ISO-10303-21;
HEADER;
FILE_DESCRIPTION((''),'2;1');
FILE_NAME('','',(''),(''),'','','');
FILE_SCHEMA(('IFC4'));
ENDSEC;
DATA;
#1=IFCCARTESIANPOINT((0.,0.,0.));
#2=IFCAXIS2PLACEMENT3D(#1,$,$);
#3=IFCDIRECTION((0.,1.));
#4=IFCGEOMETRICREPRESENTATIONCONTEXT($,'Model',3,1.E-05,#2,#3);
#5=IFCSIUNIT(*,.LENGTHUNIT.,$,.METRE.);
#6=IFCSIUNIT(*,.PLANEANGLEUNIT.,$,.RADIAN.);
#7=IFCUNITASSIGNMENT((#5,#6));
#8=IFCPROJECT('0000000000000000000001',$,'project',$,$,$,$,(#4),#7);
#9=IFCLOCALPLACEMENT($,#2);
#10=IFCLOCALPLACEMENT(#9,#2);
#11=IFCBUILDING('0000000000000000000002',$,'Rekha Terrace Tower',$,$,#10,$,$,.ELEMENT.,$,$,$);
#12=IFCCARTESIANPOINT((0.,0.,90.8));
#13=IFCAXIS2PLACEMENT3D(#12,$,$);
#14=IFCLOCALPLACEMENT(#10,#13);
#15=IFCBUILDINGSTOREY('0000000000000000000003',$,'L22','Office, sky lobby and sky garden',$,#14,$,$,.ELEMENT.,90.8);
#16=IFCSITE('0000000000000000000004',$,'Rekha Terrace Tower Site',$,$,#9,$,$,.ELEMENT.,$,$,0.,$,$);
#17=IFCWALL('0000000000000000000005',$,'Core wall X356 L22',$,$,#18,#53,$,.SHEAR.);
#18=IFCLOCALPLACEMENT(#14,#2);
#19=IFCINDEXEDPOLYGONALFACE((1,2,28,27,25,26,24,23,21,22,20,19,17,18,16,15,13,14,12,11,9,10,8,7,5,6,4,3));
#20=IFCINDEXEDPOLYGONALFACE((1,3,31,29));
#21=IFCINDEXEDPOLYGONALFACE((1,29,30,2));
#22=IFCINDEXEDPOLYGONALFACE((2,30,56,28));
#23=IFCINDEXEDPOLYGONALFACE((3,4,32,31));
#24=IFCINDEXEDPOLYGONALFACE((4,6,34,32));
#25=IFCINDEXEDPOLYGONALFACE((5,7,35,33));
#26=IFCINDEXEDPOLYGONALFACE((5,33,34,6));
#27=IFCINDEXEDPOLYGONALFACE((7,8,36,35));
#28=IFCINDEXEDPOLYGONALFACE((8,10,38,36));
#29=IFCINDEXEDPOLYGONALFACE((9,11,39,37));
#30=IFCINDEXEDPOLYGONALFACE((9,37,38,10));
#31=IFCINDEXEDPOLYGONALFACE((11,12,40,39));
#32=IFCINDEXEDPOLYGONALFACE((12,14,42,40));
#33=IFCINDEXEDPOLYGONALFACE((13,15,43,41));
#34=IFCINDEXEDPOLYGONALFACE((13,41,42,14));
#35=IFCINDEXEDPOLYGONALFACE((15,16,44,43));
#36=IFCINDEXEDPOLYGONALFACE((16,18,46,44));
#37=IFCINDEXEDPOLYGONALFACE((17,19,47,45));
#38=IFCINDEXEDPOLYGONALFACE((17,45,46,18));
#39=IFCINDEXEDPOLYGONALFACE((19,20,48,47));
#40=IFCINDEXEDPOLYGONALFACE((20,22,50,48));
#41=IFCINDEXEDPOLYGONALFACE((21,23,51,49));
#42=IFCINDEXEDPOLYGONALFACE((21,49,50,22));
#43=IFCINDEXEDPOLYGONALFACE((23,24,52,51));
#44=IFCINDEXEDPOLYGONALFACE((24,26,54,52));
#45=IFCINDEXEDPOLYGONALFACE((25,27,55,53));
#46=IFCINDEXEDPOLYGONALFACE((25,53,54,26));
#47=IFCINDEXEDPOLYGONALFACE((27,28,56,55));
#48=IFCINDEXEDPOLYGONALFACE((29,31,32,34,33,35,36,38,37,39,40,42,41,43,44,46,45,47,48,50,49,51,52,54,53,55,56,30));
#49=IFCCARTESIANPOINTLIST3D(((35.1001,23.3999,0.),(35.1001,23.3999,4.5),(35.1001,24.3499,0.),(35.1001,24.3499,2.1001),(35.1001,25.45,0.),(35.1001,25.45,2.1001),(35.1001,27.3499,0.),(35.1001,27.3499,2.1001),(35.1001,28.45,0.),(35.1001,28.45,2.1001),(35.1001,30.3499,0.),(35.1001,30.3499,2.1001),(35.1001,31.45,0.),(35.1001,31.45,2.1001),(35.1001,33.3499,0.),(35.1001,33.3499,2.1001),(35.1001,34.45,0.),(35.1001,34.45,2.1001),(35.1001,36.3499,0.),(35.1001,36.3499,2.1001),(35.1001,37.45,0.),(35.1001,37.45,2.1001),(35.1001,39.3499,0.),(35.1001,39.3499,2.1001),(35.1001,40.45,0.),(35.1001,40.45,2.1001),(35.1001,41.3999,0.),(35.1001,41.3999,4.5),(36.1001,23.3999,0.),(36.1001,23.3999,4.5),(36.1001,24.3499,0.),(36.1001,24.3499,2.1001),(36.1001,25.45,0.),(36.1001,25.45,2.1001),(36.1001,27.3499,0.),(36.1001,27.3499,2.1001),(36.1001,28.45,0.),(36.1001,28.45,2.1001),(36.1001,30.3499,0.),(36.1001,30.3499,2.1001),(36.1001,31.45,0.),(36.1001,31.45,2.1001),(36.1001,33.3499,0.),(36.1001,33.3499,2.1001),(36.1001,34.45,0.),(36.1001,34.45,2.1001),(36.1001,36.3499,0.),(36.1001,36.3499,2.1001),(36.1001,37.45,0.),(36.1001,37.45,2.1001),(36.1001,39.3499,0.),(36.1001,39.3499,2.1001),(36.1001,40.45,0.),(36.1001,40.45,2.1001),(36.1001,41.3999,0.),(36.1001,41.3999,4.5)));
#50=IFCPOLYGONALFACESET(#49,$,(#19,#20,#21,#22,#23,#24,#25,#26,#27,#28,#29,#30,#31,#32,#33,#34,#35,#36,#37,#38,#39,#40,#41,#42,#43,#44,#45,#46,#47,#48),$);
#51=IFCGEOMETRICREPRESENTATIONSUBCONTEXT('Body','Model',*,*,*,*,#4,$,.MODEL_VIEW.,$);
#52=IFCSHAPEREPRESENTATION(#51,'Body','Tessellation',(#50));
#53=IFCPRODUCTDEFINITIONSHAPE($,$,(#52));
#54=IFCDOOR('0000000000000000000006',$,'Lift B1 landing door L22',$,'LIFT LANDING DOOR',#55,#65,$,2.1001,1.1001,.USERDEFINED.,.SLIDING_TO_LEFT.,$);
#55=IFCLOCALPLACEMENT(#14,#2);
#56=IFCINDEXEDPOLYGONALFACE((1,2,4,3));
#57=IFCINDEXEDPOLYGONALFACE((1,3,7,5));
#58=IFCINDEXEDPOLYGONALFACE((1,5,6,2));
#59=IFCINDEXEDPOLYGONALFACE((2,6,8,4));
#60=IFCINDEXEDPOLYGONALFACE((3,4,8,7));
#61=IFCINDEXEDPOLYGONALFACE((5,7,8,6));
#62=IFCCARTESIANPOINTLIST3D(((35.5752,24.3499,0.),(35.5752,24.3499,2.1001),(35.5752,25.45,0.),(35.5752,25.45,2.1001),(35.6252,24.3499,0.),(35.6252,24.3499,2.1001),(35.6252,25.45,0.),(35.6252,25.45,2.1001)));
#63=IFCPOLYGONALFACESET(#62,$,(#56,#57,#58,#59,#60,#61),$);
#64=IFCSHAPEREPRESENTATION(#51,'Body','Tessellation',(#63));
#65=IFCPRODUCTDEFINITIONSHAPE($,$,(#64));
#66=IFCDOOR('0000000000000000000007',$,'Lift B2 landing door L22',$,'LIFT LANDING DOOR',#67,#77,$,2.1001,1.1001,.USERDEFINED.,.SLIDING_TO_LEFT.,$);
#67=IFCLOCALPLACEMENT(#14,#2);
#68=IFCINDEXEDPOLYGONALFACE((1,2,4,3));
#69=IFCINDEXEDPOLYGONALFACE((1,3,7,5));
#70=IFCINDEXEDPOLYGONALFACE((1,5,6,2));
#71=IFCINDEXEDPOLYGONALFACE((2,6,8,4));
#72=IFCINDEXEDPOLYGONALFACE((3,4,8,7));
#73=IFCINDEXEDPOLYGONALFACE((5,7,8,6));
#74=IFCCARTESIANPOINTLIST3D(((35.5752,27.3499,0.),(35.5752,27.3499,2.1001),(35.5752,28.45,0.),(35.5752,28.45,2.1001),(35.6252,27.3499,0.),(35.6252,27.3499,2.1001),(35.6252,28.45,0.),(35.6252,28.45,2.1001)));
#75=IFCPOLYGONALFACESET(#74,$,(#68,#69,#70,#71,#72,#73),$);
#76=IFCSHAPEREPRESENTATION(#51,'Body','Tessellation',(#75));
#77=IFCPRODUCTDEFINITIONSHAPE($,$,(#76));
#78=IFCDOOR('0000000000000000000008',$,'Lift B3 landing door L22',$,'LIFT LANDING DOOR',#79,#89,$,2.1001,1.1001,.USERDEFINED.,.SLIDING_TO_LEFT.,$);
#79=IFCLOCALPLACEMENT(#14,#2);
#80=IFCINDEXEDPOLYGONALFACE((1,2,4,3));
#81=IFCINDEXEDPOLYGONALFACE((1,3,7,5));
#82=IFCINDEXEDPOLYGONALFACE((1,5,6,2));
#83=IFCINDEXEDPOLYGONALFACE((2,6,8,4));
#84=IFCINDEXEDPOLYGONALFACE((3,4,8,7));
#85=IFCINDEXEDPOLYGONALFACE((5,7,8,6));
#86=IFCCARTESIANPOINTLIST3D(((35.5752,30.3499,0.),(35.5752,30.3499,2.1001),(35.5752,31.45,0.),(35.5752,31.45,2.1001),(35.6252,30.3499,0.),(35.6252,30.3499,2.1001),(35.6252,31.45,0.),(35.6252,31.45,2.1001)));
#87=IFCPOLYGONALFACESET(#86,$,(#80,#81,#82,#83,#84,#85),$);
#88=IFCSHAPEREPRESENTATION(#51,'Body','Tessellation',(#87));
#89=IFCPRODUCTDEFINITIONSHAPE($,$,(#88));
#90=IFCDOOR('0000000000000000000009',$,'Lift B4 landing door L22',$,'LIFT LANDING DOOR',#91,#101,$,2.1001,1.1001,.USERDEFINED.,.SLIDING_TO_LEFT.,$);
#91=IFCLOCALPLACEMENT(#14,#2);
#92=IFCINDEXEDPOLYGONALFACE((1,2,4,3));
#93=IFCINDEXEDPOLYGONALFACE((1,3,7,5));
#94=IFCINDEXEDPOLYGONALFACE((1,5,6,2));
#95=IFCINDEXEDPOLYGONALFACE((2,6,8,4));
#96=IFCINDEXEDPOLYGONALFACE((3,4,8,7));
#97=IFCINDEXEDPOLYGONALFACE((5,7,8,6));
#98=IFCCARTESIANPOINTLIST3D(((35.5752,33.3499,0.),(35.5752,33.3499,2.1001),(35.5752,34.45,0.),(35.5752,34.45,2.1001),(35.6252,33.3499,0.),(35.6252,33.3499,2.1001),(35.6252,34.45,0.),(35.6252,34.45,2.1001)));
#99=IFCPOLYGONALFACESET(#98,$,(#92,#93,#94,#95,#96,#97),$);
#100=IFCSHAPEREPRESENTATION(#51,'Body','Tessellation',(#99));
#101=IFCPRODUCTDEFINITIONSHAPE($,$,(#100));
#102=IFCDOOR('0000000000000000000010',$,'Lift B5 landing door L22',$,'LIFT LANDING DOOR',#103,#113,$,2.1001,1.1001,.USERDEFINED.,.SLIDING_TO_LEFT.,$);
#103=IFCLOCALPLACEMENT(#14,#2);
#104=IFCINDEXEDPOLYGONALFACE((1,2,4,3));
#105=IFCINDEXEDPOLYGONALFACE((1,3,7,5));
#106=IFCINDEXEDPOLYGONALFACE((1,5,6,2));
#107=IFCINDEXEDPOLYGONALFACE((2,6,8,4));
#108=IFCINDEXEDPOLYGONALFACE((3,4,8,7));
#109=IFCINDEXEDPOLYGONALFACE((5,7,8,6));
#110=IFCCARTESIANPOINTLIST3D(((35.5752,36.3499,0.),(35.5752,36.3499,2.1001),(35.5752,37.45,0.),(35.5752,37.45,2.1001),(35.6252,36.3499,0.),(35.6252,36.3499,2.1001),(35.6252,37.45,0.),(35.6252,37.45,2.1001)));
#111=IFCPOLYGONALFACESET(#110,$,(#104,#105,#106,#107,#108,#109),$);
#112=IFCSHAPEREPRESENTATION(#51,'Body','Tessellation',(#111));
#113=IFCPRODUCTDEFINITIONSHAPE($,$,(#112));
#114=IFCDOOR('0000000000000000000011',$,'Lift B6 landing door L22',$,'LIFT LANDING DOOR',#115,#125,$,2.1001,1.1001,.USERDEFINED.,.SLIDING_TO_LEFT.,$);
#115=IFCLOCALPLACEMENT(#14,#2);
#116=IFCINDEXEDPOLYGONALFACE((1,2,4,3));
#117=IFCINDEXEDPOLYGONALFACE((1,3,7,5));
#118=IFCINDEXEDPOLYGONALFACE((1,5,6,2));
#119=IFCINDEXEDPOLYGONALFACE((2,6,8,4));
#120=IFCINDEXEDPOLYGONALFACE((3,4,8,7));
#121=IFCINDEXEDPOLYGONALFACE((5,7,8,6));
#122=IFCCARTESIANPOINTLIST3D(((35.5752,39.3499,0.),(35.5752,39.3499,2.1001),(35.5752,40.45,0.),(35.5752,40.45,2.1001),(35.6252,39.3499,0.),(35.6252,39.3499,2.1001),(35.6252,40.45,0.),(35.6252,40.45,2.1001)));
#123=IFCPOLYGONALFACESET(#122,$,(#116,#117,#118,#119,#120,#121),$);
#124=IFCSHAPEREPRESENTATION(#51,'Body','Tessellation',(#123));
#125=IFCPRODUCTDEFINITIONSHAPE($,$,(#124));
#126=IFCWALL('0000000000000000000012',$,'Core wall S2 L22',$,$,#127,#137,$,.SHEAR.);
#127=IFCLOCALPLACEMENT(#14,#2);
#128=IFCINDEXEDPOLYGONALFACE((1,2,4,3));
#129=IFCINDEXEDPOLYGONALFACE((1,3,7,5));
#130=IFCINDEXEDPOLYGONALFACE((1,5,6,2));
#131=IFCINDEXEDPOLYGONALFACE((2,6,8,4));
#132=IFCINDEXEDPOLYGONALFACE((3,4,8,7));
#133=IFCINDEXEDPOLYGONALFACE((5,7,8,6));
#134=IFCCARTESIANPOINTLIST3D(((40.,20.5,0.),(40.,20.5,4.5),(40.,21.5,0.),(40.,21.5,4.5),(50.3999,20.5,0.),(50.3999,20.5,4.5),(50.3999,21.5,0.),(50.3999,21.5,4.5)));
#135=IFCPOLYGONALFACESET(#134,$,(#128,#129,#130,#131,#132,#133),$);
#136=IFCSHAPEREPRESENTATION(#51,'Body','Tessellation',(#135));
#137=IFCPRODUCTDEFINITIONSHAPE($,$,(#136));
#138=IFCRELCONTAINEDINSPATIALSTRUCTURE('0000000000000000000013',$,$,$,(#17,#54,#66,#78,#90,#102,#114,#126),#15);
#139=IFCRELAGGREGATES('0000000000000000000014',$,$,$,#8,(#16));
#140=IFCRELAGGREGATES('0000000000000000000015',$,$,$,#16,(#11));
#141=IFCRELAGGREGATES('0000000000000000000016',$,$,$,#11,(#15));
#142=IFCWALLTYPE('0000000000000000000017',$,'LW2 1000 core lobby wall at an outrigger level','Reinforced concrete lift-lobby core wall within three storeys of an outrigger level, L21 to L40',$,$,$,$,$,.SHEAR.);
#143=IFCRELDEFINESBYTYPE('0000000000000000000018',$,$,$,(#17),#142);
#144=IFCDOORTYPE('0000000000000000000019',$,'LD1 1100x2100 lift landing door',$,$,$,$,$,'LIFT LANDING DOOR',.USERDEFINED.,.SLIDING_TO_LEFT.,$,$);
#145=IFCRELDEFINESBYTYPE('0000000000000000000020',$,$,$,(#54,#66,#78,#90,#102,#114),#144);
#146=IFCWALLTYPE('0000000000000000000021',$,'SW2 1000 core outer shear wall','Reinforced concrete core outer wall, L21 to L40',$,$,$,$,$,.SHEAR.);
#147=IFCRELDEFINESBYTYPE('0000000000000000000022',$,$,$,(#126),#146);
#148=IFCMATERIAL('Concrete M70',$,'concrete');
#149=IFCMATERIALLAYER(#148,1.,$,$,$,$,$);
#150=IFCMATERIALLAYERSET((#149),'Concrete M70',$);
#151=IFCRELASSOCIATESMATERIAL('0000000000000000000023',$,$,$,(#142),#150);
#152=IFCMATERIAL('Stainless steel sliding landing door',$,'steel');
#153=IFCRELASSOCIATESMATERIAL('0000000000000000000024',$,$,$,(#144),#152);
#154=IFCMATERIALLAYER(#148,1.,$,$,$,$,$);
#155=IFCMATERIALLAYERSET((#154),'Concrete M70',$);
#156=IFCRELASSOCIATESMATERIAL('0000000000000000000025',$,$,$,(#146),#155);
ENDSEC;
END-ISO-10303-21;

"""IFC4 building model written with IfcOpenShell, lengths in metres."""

from ifc_helpers import new_model, si_unit, direction, frame, frame_2d, origin, place, context, subcontext, project, spatial, rectangle, extrude, material, layer, layer_set, type_object, element, fill, save


model = new_model("IFC4")

# Units and contexts
model_context = context("Model", 3, precision=1e-05, world=origin(), true_north=direction((0.0, 1.0)))
body_context = subcontext(model_context, "Body", "Model", "MODEL_VIEW")
ifc_project = project(units=[si_unit("LENGTHUNIT", "METRE"), si_unit("PLANEANGLEUNIT", "RADIAN")], contexts=[model_context])

# Site, building, storey
site_placement = place(None, origin())
site = spatial("IfcSite", under=ifc_project, at=site_placement, Name="Rekha Terrace Tower Site", CompositionType="ELEMENT", RefElevation=0.0)
building_placement = place(site_placement, origin())
building = spatial("IfcBuilding", under=site, at=building_placement, Name="Rekha Terrace Tower", CompositionType="ELEMENT")
storey_placement = place(building_placement, frame((0.0, 0.0, 90.8)))
storey = spatial("IfcBuildingStorey", under=building, at=storey_placement, Name="L22", Description="Office, sky lobby and sky garden", CompositionType="ELEMENT", Elevation=90.8)

# Shared definitions
ifc_material_1 = material(Name="Concrete M70", Category="concrete")

# Wall, openings, doors
ifc_layer_1 = layer(ifc_material_1, 1.0)
ifc_layer_set_1 = layer_set([ifc_layer_1], Name="Concrete M70")
wall_type_1 = type_object("IfcWallType", Name="LW2 1000 core lobby wall at an outrigger level", Description="Reinforced concrete lift-lobby core wall within three storeys of an outrigger level, L21 to L40", PredefinedType="SHEAR", material=ifc_layer_set_1)
wall_1_placement = place(storey_placement, frame((35.6001, 23.3999, 0.0), z_axis=(0.0, 0.0, 1.0), x_axis=(0.0, 1.0, 0.0)))
wall_1 = element("IfcWall", 1, at=wall_1_placement, inside=storey, type_object=wall_type_1, Name="Core wall X356 L22", PredefinedType="SHEAR", context=body_context, shape_type="SweptSolid", body=[
    extrude(rectangle(XDim=18.0, YDim=1.0, at=frame_2d((9.0, 0.0))), origin(), (0.0, 0.0, 1.0), 4.5),
])
opening_1_placement = place(wall_1_placement, frame((0.95, 0.0, 0.0)))
opening_1 = element("IfcOpeningElement", 2, at=opening_1_placement, cuts=wall_1, PredefinedType="OPENING", context=body_context, shape_type="SweptSolid", body=[
    extrude(rectangle(XDim=1.1001, YDim=2.1001, at=frame_2d((0.55, 1.05))), frame((0.0, 0.51, 0.0), z_axis=(0.0, -1.0, 0.0), x_axis=(1.0, 0.0, 0.0)), (0.0, 0.0, 1.0), 1.02),
])
opening_2_placement = place(wall_1_placement, frame((3.95, 0.0, 0.0)))
opening_2 = element("IfcOpeningElement", 3, at=opening_2_placement, cuts=wall_1, PredefinedType="OPENING", context=body_context, shape_type="SweptSolid", body=[
    extrude(rectangle(XDim=1.1001, YDim=2.1001, at=frame_2d((0.55, 1.05))), frame((0.0, 0.51, 0.0), z_axis=(0.0, -1.0, 0.0), x_axis=(1.0, 0.0, 0.0)), (0.0, 0.0, 1.0), 1.02),
])
opening_3_placement = place(wall_1_placement, frame((6.95, 0.0, 0.0)))
opening_3 = element("IfcOpeningElement", 4, at=opening_3_placement, cuts=wall_1, PredefinedType="OPENING", context=body_context, shape_type="SweptSolid", body=[
    extrude(rectangle(XDim=1.1001, YDim=2.1001, at=frame_2d((0.55, 1.05))), frame((0.0, 0.51, 0.0), z_axis=(0.0, -1.0, 0.0), x_axis=(1.0, 0.0, 0.0)), (0.0, 0.0, 1.0), 1.02),
])
opening_4_placement = place(wall_1_placement, frame((9.95, 0.0, 0.0)))
opening_4 = element("IfcOpeningElement", 5, at=opening_4_placement, cuts=wall_1, PredefinedType="OPENING", context=body_context, shape_type="SweptSolid", body=[
    extrude(rectangle(XDim=1.1001, YDim=2.1001, at=frame_2d((0.55, 1.05))), frame((0.0, 0.51, 0.0), z_axis=(0.0, -1.0, 0.0), x_axis=(1.0, 0.0, 0.0)), (0.0, 0.0, 1.0), 1.02),
])
opening_5_placement = place(wall_1_placement, frame((12.95, 0.0, 0.0)))
opening_5 = element("IfcOpeningElement", 6, at=opening_5_placement, cuts=wall_1, PredefinedType="OPENING", context=body_context, shape_type="SweptSolid", body=[
    extrude(rectangle(XDim=1.1001, YDim=2.1001, at=frame_2d((0.55, 1.05))), frame((0.0, 0.51, 0.0), z_axis=(0.0, -1.0, 0.0), x_axis=(1.0, 0.0, 0.0)), (0.0, 0.0, 1.0), 1.02),
])
opening_6_placement = place(wall_1_placement, frame((15.95, 0.0, 0.0)))
opening_6 = element("IfcOpeningElement", 7, at=opening_6_placement, cuts=wall_1, PredefinedType="OPENING", context=body_context, shape_type="SweptSolid", body=[
    extrude(rectangle(XDim=1.1001, YDim=2.1001, at=frame_2d((0.55, 1.05))), frame((0.0, 0.51, 0.0), z_axis=(0.0, -1.0, 0.0), x_axis=(1.0, 0.0, 0.0)), (0.0, 0.0, 1.0), 1.02),
])
ifc_material_2 = material(Name="Stainless steel sliding landing door", Category="steel")
door_type_1 = type_object("IfcDoorType", Name="LD1 1100x2100 lift landing door", ElementType="LIFT LANDING DOOR", OperationType="SLIDING_TO_LEFT", PredefinedType="USERDEFINED", material=ifc_material_2)
door_1_placement = place(opening_1_placement, origin())
door_1 = element("IfcDoor", 8, at=door_1_placement, inside=storey, type_object=door_type_1, Name="Lift B1 landing door L22", ObjectType="LIFT LANDING DOOR", OperationType="SLIDING_TO_LEFT", OverallHeight=2.1001, OverallWidth=1.1001, PredefinedType="USERDEFINED", context=body_context, shape_type="SweptSolid", body=[
    extrude(rectangle(XDim=1.1001, YDim=2.1001, at=frame_2d((0.55, 1.05))), frame((0.0, 0.0249, 0.0), z_axis=(0.0, -1.0, 0.0), x_axis=(1.0, 0.0, 0.0)), (0.0, 0.0, 1.0), 0.05),
])
fill(opening_1, door_1)
door_2_placement = place(opening_2_placement, origin())
door_2 = element("IfcDoor", 9, at=door_2_placement, inside=storey, type_object=door_type_1, Name="Lift B2 landing door L22", ObjectType="LIFT LANDING DOOR", OperationType="SLIDING_TO_LEFT", OverallHeight=2.1001, OverallWidth=1.1001, PredefinedType="USERDEFINED", context=body_context, shape_type="SweptSolid", body=[
    extrude(rectangle(XDim=1.1001, YDim=2.1001, at=frame_2d((0.55, 1.05))), frame((0.0, 0.0249, 0.0), z_axis=(0.0, -1.0, 0.0), x_axis=(1.0, 0.0, 0.0)), (0.0, 0.0, 1.0), 0.05),
])
fill(opening_2, door_2)
door_3_placement = place(opening_3_placement, origin())
door_3 = element("IfcDoor", 10, at=door_3_placement, inside=storey, type_object=door_type_1, Name="Lift B3 landing door L22", ObjectType="LIFT LANDING DOOR", OperationType="SLIDING_TO_LEFT", OverallHeight=2.1001, OverallWidth=1.1001, PredefinedType="USERDEFINED", context=body_context, shape_type="SweptSolid", body=[
    extrude(rectangle(XDim=1.1001, YDim=2.1001, at=frame_2d((0.55, 1.05))), frame((0.0, 0.0249, 0.0), z_axis=(0.0, -1.0, 0.0), x_axis=(1.0, 0.0, 0.0)), (0.0, 0.0, 1.0), 0.05),
])
fill(opening_3, door_3)
door_4_placement = place(opening_4_placement, origin())
door_4 = element("IfcDoor", 11, at=door_4_placement, inside=storey, type_object=door_type_1, Name="Lift B4 landing door L22", ObjectType="LIFT LANDING DOOR", OperationType="SLIDING_TO_LEFT", OverallHeight=2.1001, OverallWidth=1.1001, PredefinedType="USERDEFINED", context=body_context, shape_type="SweptSolid", body=[
    extrude(rectangle(XDim=1.1001, YDim=2.1001, at=frame_2d((0.55, 1.05))), frame((0.0, 0.0249, 0.0), z_axis=(0.0, -1.0, 0.0), x_axis=(1.0, 0.0, 0.0)), (0.0, 0.0, 1.0), 0.05),
])
fill(opening_4, door_4)
door_5_placement = place(opening_5_placement, origin())
door_5 = element("IfcDoor", 12, at=door_5_placement, inside=storey, type_object=door_type_1, Name="Lift B5 landing door L22", ObjectType="LIFT LANDING DOOR", OperationType="SLIDING_TO_LEFT", OverallHeight=2.1001, OverallWidth=1.1001, PredefinedType="USERDEFINED", context=body_context, shape_type="SweptSolid", body=[
    extrude(rectangle(XDim=1.1001, YDim=2.1001, at=frame_2d((0.55, 1.05))), frame((0.0, 0.0249, 0.0), z_axis=(0.0, -1.0, 0.0), x_axis=(1.0, 0.0, 0.0)), (0.0, 0.0, 1.0), 0.05),
])
fill(opening_5, door_5)
door_6_placement = place(opening_6_placement, origin())
door_6 = element("IfcDoor", 13, at=door_6_placement, inside=storey, type_object=door_type_1, Name="Lift B6 landing door L22", ObjectType="LIFT LANDING DOOR", OperationType="SLIDING_TO_LEFT", OverallHeight=2.1001, OverallWidth=1.1001, PredefinedType="USERDEFINED", context=body_context, shape_type="SweptSolid", body=[
    extrude(rectangle(XDim=1.1001, YDim=2.1001, at=frame_2d((0.55, 1.05))), frame((0.0, 0.0249, 0.0), z_axis=(0.0, -1.0, 0.0), x_axis=(1.0, 0.0, 0.0)), (0.0, 0.0, 1.0), 0.05),
])
fill(opening_6, door_6)

# Wall
ifc_layer_2 = layer(ifc_material_1, 1.0)
ifc_layer_set_2 = layer_set([ifc_layer_2], Name="Concrete M70")
wall_type_2 = type_object("IfcWallType", Name="SW2 1000 core outer shear wall", Description="Reinforced concrete core outer wall, L21 to L40", PredefinedType="SHEAR", material=ifc_layer_set_2)
wall_2_placement = place(storey_placement, frame((40.0, 21.0, 0.0), z_axis=(0.0, 0.0, 1.0), x_axis=(1.0, 0.0, 0.0)))
element("IfcWall", 14, at=wall_2_placement, inside=storey, type_object=wall_type_2, Name="Core wall S2 L22", PredefinedType="SHEAR", context=body_context, shape_type="SweptSolid", body=[
    extrude(rectangle(XDim=10.3999, YDim=1.0, at=frame_2d((5.2, 0.0))), origin(), (0.0, 0.0, 1.0), 4.5),
])

save(model, "model.ifc")
